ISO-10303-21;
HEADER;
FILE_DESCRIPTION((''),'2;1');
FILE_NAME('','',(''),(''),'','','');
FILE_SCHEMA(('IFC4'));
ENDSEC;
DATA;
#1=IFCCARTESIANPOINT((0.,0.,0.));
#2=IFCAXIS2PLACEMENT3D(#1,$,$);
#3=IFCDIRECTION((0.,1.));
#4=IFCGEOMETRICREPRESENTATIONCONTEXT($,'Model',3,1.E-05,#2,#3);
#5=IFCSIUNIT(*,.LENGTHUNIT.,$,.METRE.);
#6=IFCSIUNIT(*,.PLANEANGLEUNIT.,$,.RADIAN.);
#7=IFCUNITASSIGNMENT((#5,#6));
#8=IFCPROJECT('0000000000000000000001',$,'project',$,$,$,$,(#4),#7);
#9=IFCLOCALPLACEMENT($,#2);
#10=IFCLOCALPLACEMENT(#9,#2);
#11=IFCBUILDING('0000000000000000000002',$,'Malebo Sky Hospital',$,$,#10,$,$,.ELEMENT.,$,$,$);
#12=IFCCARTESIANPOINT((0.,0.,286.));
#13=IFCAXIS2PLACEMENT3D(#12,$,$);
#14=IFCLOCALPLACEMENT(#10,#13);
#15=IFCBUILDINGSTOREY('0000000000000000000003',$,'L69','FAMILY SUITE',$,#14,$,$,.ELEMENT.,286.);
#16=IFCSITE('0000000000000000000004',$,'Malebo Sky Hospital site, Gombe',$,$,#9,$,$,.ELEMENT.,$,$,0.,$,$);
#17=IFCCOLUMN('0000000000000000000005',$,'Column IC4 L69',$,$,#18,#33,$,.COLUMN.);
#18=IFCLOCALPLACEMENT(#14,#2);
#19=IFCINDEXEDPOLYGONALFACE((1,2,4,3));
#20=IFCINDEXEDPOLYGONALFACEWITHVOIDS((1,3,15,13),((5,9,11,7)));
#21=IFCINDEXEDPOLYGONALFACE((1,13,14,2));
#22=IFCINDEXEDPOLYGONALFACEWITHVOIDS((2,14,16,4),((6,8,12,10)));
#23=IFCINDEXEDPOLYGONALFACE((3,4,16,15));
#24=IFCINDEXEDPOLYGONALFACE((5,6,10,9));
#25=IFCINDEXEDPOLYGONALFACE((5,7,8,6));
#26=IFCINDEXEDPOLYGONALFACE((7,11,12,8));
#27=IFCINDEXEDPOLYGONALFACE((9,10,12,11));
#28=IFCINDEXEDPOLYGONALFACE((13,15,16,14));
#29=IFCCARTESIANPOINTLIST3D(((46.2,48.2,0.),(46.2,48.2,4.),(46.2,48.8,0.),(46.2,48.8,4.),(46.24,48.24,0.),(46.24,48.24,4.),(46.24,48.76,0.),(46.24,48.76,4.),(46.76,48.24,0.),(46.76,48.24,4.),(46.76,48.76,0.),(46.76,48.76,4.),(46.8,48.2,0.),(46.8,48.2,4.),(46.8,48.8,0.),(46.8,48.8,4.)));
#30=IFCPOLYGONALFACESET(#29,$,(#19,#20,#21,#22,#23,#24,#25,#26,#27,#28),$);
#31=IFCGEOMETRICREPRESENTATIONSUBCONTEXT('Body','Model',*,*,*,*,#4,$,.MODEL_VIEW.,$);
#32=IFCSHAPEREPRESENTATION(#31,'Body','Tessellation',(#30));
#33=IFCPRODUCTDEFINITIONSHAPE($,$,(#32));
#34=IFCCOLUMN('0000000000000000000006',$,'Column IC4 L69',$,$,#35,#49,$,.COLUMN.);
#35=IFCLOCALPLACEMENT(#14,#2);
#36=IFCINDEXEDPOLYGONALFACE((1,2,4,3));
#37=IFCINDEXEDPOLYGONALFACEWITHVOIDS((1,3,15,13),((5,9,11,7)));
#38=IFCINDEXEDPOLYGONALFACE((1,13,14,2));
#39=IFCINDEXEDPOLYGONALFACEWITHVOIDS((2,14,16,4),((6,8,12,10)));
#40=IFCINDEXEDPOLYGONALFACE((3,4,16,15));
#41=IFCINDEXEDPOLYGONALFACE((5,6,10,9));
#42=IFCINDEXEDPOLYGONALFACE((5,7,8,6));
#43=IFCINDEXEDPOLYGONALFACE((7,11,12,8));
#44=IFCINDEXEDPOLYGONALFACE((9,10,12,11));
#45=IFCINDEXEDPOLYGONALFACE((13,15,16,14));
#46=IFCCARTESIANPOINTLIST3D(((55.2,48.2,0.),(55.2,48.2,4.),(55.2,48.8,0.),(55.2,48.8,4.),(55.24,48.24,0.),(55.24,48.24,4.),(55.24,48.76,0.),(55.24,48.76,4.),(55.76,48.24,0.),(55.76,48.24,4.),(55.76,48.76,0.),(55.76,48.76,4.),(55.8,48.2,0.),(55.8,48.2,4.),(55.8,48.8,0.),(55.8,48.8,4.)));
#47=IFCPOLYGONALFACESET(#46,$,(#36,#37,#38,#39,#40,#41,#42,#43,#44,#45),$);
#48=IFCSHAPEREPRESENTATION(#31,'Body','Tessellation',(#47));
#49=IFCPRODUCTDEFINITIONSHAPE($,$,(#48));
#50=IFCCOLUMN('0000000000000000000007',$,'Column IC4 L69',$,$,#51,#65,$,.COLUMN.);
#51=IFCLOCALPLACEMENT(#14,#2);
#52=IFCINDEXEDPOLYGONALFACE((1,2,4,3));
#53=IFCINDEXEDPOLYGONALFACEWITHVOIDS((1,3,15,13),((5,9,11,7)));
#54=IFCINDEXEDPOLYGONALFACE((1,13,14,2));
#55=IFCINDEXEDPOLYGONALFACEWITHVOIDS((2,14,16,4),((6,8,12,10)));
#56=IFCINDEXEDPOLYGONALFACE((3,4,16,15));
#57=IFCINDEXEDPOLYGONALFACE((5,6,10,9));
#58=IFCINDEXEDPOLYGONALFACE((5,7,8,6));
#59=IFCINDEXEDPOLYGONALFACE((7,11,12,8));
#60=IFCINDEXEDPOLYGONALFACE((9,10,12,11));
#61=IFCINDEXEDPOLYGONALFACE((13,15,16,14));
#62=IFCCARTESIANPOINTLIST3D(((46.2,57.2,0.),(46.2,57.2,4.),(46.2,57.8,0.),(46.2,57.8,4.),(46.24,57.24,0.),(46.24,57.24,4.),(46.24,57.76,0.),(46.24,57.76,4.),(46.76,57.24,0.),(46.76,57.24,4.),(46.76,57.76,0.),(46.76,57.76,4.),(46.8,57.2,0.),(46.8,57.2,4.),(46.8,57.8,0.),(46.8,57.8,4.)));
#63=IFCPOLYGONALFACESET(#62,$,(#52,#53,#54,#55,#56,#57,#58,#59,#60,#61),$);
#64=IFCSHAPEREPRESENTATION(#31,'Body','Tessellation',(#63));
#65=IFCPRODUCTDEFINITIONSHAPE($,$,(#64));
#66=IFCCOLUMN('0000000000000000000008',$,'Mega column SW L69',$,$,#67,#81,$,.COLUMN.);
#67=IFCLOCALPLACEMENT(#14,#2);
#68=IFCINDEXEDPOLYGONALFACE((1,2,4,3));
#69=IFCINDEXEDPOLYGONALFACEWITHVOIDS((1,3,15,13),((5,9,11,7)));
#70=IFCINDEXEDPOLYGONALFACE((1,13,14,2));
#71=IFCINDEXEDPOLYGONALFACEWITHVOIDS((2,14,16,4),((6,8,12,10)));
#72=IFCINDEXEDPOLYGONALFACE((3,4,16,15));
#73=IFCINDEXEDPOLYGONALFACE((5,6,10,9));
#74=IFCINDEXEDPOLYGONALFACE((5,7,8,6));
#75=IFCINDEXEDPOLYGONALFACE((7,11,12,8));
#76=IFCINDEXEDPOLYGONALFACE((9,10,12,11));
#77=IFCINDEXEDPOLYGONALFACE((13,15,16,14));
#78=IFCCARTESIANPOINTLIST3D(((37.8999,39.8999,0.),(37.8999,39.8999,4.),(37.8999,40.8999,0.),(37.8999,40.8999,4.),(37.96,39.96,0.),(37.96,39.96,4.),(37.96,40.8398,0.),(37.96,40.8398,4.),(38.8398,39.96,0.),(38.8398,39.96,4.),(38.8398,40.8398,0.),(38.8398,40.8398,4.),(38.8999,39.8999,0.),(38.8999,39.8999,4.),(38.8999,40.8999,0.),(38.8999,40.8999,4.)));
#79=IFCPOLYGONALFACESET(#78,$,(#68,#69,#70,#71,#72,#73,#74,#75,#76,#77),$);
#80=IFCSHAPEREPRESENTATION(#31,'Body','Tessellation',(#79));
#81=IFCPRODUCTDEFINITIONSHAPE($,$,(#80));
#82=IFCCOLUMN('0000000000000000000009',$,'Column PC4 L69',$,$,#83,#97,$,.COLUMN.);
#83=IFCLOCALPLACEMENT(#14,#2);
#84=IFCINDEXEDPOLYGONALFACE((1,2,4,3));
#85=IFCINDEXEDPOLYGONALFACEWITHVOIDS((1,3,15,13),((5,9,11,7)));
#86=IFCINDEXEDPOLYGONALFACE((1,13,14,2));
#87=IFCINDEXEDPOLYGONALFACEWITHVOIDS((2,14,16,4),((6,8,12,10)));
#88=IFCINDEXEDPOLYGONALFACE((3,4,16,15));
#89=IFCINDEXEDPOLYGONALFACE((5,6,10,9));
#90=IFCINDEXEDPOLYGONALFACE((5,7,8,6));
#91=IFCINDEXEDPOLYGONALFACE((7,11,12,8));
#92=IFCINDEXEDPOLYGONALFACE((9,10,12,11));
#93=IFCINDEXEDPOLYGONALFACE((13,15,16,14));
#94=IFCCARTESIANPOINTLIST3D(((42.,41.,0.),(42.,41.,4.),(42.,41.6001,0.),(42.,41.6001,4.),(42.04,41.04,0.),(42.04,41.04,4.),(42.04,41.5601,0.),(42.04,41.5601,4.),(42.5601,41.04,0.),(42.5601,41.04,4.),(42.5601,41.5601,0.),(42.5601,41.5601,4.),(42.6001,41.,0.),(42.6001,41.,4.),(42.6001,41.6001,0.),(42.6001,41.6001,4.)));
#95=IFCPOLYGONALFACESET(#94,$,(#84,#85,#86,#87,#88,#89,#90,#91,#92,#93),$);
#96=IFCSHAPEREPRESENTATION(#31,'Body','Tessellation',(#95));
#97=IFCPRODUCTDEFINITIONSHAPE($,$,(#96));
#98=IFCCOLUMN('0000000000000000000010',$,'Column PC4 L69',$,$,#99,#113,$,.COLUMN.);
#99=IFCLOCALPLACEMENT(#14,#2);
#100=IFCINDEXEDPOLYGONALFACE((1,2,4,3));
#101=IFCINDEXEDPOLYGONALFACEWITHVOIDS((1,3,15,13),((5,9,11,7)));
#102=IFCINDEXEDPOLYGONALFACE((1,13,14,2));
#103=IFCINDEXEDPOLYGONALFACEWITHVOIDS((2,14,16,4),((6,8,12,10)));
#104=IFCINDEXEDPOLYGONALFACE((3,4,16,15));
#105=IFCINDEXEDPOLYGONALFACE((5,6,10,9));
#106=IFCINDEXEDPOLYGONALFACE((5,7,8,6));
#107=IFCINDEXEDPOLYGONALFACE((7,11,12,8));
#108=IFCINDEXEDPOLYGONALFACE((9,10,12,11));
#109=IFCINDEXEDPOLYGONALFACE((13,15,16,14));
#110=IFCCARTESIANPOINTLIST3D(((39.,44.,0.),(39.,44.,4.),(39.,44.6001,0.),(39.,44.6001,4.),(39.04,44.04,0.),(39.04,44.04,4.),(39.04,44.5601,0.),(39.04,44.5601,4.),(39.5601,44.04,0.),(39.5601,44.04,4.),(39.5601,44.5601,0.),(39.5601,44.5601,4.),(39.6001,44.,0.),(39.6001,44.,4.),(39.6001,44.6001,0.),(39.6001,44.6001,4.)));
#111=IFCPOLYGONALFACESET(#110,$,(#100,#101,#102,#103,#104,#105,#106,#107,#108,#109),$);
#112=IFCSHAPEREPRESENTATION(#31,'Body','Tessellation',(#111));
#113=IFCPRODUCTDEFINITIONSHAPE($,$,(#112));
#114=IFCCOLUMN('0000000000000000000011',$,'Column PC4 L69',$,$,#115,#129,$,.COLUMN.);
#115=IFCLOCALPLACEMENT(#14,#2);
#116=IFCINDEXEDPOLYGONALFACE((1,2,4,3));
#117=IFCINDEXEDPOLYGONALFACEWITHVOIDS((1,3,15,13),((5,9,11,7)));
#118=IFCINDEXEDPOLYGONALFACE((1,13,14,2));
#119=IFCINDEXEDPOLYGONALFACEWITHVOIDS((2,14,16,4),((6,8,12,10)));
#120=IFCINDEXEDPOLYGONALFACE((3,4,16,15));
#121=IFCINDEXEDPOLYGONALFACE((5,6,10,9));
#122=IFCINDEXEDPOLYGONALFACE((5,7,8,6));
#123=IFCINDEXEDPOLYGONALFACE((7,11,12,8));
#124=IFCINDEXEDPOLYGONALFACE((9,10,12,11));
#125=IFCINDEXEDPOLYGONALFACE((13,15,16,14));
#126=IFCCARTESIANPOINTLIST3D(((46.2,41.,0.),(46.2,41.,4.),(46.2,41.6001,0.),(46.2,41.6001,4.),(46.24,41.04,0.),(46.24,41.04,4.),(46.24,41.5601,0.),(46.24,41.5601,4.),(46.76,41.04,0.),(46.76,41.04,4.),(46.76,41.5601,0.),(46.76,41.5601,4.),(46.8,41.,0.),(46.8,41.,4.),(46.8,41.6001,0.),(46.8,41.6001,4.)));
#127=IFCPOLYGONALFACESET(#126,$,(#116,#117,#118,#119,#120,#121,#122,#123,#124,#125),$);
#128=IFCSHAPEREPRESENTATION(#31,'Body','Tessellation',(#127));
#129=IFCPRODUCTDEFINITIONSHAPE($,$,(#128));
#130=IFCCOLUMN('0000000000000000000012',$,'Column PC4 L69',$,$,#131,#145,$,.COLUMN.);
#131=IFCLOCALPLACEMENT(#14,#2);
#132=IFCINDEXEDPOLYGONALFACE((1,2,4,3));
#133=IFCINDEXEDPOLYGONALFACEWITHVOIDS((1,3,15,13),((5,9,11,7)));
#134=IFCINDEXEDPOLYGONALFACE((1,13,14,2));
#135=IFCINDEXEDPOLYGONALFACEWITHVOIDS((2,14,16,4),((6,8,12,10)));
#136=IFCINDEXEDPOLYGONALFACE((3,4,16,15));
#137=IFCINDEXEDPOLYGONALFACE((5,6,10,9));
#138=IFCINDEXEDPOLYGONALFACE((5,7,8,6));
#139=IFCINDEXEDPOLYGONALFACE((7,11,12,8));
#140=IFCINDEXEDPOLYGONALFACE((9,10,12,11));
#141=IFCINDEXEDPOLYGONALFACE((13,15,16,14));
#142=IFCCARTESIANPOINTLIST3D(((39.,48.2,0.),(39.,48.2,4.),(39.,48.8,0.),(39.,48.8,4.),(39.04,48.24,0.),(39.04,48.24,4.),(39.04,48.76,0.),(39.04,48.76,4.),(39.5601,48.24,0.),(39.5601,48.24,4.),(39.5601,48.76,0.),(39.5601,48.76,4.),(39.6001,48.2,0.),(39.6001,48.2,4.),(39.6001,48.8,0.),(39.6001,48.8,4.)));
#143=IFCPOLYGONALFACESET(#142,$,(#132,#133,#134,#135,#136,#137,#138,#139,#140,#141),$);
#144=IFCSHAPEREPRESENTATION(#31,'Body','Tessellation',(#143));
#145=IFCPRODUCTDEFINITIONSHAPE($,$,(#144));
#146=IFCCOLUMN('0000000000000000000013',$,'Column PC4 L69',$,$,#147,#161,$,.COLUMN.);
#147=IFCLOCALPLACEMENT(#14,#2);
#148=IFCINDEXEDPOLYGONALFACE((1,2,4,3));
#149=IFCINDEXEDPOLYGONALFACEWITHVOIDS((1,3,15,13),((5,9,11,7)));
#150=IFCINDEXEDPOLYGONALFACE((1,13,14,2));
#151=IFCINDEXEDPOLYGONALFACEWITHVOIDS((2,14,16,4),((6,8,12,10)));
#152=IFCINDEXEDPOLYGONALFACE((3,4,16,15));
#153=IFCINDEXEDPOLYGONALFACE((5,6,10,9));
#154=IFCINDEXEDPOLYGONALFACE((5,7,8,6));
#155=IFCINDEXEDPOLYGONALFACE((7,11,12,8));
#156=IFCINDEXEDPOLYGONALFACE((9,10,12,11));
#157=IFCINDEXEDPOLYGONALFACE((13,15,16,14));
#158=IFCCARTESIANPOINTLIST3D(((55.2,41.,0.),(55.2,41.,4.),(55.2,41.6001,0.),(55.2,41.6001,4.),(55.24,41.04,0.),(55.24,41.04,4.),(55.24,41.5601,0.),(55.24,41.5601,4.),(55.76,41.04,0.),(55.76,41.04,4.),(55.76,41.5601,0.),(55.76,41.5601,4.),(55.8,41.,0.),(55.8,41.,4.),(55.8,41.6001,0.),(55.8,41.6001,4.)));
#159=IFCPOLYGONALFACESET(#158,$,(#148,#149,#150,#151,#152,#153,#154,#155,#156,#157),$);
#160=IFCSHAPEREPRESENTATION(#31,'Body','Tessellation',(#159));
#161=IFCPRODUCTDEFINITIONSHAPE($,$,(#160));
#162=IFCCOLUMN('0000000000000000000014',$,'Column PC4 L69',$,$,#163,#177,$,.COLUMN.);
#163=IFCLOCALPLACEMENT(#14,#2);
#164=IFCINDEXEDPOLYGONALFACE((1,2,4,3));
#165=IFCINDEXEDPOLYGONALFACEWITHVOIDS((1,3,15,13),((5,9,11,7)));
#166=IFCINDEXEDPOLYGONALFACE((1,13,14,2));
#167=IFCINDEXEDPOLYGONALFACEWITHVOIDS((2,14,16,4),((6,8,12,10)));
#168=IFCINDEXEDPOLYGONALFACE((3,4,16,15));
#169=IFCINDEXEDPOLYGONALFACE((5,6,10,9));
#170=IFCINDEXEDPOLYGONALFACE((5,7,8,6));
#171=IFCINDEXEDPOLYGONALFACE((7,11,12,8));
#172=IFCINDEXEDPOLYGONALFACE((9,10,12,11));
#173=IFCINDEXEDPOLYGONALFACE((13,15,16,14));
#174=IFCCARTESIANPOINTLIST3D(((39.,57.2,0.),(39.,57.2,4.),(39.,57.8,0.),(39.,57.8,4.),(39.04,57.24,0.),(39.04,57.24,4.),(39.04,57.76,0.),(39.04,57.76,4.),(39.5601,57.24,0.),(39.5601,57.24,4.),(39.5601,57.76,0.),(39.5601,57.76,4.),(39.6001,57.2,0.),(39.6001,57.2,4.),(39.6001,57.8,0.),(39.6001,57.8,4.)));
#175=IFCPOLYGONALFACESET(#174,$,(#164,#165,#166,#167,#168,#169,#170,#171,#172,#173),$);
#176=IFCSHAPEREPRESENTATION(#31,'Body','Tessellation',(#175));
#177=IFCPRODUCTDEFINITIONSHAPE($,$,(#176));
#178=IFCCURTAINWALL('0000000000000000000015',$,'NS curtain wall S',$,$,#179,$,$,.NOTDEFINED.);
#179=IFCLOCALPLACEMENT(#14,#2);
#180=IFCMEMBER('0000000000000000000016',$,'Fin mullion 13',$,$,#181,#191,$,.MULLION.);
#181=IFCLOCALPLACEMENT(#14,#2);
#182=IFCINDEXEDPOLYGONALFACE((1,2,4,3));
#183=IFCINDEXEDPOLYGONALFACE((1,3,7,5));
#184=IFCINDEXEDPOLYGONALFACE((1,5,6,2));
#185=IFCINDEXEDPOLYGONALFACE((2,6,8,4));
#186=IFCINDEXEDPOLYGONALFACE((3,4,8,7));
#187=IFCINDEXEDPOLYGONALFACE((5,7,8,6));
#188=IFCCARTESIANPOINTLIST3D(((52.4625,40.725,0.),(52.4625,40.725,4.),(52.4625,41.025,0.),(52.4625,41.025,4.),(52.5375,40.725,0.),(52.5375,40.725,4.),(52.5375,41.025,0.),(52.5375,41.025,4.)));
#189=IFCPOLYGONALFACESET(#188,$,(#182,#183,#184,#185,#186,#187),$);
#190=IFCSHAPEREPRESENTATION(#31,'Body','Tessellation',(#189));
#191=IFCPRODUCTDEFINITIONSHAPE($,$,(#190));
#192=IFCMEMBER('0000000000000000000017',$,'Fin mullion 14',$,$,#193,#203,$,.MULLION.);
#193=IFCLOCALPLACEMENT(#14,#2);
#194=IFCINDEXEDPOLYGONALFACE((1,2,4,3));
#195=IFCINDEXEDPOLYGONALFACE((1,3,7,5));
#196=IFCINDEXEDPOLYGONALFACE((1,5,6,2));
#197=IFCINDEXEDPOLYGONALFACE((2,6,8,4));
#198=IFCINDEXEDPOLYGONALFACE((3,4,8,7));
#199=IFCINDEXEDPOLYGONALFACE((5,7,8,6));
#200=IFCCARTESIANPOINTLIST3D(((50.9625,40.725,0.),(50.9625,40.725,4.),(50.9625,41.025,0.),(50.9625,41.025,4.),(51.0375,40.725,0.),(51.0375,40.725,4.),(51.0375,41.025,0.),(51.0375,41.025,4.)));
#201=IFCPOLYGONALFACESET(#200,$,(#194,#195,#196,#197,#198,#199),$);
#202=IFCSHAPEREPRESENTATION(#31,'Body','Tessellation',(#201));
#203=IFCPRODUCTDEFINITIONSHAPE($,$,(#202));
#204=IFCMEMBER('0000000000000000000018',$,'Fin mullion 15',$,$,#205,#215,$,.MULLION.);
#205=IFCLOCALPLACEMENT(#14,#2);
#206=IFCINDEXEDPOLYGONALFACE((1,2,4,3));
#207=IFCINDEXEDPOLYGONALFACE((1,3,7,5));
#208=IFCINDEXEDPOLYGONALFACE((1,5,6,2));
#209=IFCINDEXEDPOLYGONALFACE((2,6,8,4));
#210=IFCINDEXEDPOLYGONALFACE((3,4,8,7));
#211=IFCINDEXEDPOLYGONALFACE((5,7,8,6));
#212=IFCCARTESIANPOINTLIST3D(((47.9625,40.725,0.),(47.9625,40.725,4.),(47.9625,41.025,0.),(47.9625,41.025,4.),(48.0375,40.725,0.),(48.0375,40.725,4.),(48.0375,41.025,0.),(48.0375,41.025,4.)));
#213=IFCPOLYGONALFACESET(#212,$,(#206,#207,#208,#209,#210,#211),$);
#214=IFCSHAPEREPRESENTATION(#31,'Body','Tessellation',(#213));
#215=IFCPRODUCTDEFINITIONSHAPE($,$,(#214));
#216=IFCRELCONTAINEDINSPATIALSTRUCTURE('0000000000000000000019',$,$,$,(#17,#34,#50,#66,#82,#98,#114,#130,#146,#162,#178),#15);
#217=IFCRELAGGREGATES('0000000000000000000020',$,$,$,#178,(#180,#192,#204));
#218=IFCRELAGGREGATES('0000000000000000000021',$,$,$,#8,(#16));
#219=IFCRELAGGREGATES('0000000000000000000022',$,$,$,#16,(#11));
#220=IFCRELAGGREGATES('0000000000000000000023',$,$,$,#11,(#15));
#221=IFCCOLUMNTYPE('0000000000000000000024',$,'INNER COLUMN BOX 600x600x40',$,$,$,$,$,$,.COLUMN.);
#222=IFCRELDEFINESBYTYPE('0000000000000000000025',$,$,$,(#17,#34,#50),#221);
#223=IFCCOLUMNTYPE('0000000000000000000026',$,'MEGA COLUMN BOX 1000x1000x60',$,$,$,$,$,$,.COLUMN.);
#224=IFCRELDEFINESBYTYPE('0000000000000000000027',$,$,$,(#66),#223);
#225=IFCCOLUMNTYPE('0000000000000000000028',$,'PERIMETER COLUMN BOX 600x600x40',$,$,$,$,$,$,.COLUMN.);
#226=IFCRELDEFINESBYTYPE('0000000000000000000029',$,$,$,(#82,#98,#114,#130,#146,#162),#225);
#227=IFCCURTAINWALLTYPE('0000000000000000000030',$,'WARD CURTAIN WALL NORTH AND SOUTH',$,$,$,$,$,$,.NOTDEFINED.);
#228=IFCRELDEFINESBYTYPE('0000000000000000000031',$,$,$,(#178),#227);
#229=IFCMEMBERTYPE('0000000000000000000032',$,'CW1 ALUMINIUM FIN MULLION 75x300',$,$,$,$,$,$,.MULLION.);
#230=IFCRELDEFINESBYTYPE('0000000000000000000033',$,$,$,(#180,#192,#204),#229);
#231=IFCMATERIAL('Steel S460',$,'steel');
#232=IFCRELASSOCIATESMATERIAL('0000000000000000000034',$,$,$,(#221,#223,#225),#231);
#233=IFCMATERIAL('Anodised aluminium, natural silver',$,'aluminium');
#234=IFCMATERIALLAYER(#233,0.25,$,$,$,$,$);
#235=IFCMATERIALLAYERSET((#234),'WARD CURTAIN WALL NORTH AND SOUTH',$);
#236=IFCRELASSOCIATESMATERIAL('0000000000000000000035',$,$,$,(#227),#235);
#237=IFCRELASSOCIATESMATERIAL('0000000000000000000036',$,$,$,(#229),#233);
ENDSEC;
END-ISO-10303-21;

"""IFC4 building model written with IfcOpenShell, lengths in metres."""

from ifc_helpers import new_model, si_unit, direction, frame, origin, origin_2d, place, context, subcontext, project, spatial, rectangle, hollow_rectangle, extrude, material, layer, layer_set, material_profile, profile_set, type_object, element, aggregate, save


model = new_model("IFC4")

# Units and contexts
model_context = context("Model", 3, precision=1e-05, world=origin(), true_north=direction((0.0, 1.0)))
body_context = subcontext(model_context, "Body", "Model", "MODEL_VIEW")
ifc_project = project(units=[si_unit("LENGTHUNIT", "METRE"), si_unit("PLANEANGLEUNIT", "RADIAN")], contexts=[model_context])

# Site, building, storey
site_placement = place(None, origin())
site = spatial("IfcSite", under=ifc_project, at=site_placement, Name="Malebo Sky Hospital site, Gombe", CompositionType="ELEMENT", RefElevation=0.0)
building_placement = place(site_placement, origin())
building = spatial("IfcBuilding", under=site, at=building_placement, Name="Malebo Sky Hospital", CompositionType="ELEMENT")
storey_placement = place(building_placement, frame((0.0, 0.0, 286.0)))
storey = spatial("IfcBuildingStorey", under=building, at=storey_placement, Name="L69", Description="FAMILY SUITE", CompositionType="ELEMENT", Elevation=286.0)

# Columns
ifc_material_1 = material(Name="Steel S460", Category="steel")
ifc_material_profile_1 = material_profile(ifc_material_1, hollow_rectangle(XDim=0.6001, YDim=0.6001, WallThickness=0.04, at=origin_2d()), Name="BOX 600x600x40")
ifc_profile_set_1 = profile_set([ifc_material_profile_1], Name="Steel S460")
column_type_1 = type_object("IfcColumnType", Name="INNER COLUMN BOX 600x600x40", PredefinedType="COLUMN", material=ifc_profile_set_1)
for number, where, z_axis, x_axis, name in (
    (1, (46.5, 48.5, 0.0), (0.0, 0.0, 1.0), (1.0, 0.0, 0.0), "Column IC4 L69"),
    (2, (55.5, 48.5, 0.0), (0.0, 0.0, 1.0), (1.0, 0.0, 0.0), "Column IC4 L69"),
    (3, (46.5, 57.5, 0.0), (0.0, 0.0, 1.0), (1.0, 0.0, 0.0), "Column IC4 L69"),
):
    element("IfcColumn", number, at=place(storey_placement, frame(where, z_axis=z_axis, x_axis=x_axis)), inside=storey, type_object=column_type_1, Name=name, PredefinedType="COLUMN", context=body_context, shape_type="SweptSolid", body=[
        extrude(hollow_rectangle(XDim=0.6001, YDim=0.6001, WallThickness=0.04, at=origin_2d()), origin(), (0.0, 0.0, 1.0), 4.0),
    ])
ifc_material_profile_2 = material_profile(ifc_material_1, hollow_rectangle(XDim=1.0, YDim=1.0, WallThickness=0.0601, at=origin_2d()), Name="BOX 1000x1000x60")
ifc_profile_set_2 = profile_set([ifc_material_profile_2], Name="Steel S460")
column_type_2 = type_object("IfcColumnType", Name="MEGA COLUMN BOX 1000x1000x60", PredefinedType="COLUMN", material=ifc_profile_set_2)
column_placement = place(storey_placement, frame((38.3999, 40.3999, 0.0), z_axis=(0.0, 0.0, 1.0), x_axis=(1.0, 0.0, 0.0)))
element("IfcColumn", 4, at=column_placement, inside=storey, type_object=column_type_2, Name="Mega column SW L69", PredefinedType="COLUMN", context=body_context, shape_type="SweptSolid", body=[
    extrude(hollow_rectangle(XDim=1.0, YDim=1.0, WallThickness=0.0601, at=origin_2d()), origin(), (0.0, 0.0, 1.0), 4.0),
])
ifc_material_profile_3 = material_profile(ifc_material_1, hollow_rectangle(XDim=0.6001, YDim=0.6001, WallThickness=0.04, at=origin_2d()), Name="BOX 600x600x40")
ifc_profile_set_3 = profile_set([ifc_material_profile_3], Name="Steel S460")
column_type_3 = type_object("IfcColumnType", Name="PERIMETER COLUMN BOX 600x600x40", PredefinedType="COLUMN", material=ifc_profile_set_3)
for number, where, z_axis, x_axis, name in (
    (5, (42.3, 41.3, 0.0), (0.0, 0.0, 1.0), (1.0, 0.0, 0.0), "Column PC4 L69"),
    (6, (39.3, 44.3, 0.0), (0.0, 0.0, 1.0), (1.0, 0.0, 0.0), "Column PC4 L69"),
    (7, (46.5, 41.3, 0.0), (0.0, 0.0, 1.0), (1.0, 0.0, 0.0), "Column PC4 L69"),
    (8, (39.3, 48.5, 0.0), (0.0, 0.0, 1.0), (1.0, 0.0, 0.0), "Column PC4 L69"),
    (9, (55.5, 41.3, 0.0), (0.0, 0.0, 1.0), (1.0, 0.0, 0.0), "Column PC4 L69"),
    (10, (39.3, 57.5, 0.0), (0.0, 0.0, 1.0), (1.0, 0.0, 0.0), "Column PC4 L69"),
):
    element("IfcColumn", number, at=place(storey_placement, frame(where, z_axis=z_axis, x_axis=x_axis)), inside=storey, type_object=column_type_3, Name=name, PredefinedType="COLUMN", context=body_context, shape_type="SweptSolid", body=[
        extrude(hollow_rectangle(XDim=0.6001, YDim=0.6001, WallThickness=0.04, at=origin_2d()), origin(), (0.0, 0.0, 1.0), 4.0),
    ])

# Curtain wall, members
ifc_material_2 = material(Name="Anodised aluminium, natural silver", Category="aluminium")
ifc_layer_1 = layer(ifc_material_2, 0.25)
ifc_layer_set_1 = layer_set([ifc_layer_1], Name="WARD CURTAIN WALL NORTH AND SOUTH")
curtain_wall_type_1 = type_object("IfcCurtainWallType", Name="WARD CURTAIN WALL NORTH AND SOUTH", PredefinedType="NOTDEFINED", material=ifc_layer_set_1)
curtain_wall_1_placement = place(storey_placement, origin())
curtain_wall_1 = element("IfcCurtainWall", 11, at=curtain_wall_1_placement, inside=storey, type_object=curtain_wall_type_1, Name="NS curtain wall S", PredefinedType="NOTDEFINED")
ifc_material_profile_4 = material_profile(ifc_material_2, rectangle(XDim=0.075, YDim=0.3, at=origin_2d()), Name="CW1 ALUMINIUM FIN MULLION 75x300")
ifc_profile_set_4 = profile_set([ifc_material_profile_4], Name="Anodised aluminium, natural silver")
member_type_1 = type_object("IfcMemberType", Name="CW1 ALUMINIUM FIN MULLION 75x300", PredefinedType="MULLION", material=ifc_profile_set_4)
member_1_placement = place(storey_placement, frame((52.5, 40.875, 0.0), z_axis=(0.0, 0.0, 1.0), x_axis=(-1.0, 0.0, 0.0)))
member_1 = element("IfcMember", 12, at=member_1_placement, type_object=member_type_1, Name="Fin mullion 13", PredefinedType="MULLION", context=body_context, shape_type="SweptSolid", body=[
    extrude(rectangle(XDim=0.075, YDim=0.3, at=origin_2d()), origin(), (0.0, 0.0, 1.0), 4.0),
])
member_2_placement = place(storey_placement, frame((51.0, 40.875, 0.0), z_axis=(0.0, 0.0, 1.0), x_axis=(-1.0, 0.0, 0.0)))
member_2 = element("IfcMember", 13, at=member_2_placement, type_object=member_type_1, Name="Fin mullion 14", PredefinedType="MULLION", context=body_context, shape_type="SweptSolid", body=[
    extrude(rectangle(XDim=0.075, YDim=0.3, at=origin_2d()), origin(), (0.0, 0.0, 1.0), 4.0),
])
member_3_placement = place(storey_placement, frame((48.0, 40.875, 0.0), z_axis=(0.0, 0.0, 1.0), x_axis=(-1.0, 0.0, 0.0)))
member_3 = element("IfcMember", 14, at=member_3_placement, type_object=member_type_1, Name="Fin mullion 15", PredefinedType="MULLION", context=body_context, shape_type="SweptSolid", body=[
    extrude(rectangle(XDim=0.075, YDim=0.3, at=origin_2d()), origin(), (0.0, 0.0, 1.0), 4.0),
])
aggregate(curtain_wall_1, [member_1, member_2, member_3])

save(model, "model.ifc")
